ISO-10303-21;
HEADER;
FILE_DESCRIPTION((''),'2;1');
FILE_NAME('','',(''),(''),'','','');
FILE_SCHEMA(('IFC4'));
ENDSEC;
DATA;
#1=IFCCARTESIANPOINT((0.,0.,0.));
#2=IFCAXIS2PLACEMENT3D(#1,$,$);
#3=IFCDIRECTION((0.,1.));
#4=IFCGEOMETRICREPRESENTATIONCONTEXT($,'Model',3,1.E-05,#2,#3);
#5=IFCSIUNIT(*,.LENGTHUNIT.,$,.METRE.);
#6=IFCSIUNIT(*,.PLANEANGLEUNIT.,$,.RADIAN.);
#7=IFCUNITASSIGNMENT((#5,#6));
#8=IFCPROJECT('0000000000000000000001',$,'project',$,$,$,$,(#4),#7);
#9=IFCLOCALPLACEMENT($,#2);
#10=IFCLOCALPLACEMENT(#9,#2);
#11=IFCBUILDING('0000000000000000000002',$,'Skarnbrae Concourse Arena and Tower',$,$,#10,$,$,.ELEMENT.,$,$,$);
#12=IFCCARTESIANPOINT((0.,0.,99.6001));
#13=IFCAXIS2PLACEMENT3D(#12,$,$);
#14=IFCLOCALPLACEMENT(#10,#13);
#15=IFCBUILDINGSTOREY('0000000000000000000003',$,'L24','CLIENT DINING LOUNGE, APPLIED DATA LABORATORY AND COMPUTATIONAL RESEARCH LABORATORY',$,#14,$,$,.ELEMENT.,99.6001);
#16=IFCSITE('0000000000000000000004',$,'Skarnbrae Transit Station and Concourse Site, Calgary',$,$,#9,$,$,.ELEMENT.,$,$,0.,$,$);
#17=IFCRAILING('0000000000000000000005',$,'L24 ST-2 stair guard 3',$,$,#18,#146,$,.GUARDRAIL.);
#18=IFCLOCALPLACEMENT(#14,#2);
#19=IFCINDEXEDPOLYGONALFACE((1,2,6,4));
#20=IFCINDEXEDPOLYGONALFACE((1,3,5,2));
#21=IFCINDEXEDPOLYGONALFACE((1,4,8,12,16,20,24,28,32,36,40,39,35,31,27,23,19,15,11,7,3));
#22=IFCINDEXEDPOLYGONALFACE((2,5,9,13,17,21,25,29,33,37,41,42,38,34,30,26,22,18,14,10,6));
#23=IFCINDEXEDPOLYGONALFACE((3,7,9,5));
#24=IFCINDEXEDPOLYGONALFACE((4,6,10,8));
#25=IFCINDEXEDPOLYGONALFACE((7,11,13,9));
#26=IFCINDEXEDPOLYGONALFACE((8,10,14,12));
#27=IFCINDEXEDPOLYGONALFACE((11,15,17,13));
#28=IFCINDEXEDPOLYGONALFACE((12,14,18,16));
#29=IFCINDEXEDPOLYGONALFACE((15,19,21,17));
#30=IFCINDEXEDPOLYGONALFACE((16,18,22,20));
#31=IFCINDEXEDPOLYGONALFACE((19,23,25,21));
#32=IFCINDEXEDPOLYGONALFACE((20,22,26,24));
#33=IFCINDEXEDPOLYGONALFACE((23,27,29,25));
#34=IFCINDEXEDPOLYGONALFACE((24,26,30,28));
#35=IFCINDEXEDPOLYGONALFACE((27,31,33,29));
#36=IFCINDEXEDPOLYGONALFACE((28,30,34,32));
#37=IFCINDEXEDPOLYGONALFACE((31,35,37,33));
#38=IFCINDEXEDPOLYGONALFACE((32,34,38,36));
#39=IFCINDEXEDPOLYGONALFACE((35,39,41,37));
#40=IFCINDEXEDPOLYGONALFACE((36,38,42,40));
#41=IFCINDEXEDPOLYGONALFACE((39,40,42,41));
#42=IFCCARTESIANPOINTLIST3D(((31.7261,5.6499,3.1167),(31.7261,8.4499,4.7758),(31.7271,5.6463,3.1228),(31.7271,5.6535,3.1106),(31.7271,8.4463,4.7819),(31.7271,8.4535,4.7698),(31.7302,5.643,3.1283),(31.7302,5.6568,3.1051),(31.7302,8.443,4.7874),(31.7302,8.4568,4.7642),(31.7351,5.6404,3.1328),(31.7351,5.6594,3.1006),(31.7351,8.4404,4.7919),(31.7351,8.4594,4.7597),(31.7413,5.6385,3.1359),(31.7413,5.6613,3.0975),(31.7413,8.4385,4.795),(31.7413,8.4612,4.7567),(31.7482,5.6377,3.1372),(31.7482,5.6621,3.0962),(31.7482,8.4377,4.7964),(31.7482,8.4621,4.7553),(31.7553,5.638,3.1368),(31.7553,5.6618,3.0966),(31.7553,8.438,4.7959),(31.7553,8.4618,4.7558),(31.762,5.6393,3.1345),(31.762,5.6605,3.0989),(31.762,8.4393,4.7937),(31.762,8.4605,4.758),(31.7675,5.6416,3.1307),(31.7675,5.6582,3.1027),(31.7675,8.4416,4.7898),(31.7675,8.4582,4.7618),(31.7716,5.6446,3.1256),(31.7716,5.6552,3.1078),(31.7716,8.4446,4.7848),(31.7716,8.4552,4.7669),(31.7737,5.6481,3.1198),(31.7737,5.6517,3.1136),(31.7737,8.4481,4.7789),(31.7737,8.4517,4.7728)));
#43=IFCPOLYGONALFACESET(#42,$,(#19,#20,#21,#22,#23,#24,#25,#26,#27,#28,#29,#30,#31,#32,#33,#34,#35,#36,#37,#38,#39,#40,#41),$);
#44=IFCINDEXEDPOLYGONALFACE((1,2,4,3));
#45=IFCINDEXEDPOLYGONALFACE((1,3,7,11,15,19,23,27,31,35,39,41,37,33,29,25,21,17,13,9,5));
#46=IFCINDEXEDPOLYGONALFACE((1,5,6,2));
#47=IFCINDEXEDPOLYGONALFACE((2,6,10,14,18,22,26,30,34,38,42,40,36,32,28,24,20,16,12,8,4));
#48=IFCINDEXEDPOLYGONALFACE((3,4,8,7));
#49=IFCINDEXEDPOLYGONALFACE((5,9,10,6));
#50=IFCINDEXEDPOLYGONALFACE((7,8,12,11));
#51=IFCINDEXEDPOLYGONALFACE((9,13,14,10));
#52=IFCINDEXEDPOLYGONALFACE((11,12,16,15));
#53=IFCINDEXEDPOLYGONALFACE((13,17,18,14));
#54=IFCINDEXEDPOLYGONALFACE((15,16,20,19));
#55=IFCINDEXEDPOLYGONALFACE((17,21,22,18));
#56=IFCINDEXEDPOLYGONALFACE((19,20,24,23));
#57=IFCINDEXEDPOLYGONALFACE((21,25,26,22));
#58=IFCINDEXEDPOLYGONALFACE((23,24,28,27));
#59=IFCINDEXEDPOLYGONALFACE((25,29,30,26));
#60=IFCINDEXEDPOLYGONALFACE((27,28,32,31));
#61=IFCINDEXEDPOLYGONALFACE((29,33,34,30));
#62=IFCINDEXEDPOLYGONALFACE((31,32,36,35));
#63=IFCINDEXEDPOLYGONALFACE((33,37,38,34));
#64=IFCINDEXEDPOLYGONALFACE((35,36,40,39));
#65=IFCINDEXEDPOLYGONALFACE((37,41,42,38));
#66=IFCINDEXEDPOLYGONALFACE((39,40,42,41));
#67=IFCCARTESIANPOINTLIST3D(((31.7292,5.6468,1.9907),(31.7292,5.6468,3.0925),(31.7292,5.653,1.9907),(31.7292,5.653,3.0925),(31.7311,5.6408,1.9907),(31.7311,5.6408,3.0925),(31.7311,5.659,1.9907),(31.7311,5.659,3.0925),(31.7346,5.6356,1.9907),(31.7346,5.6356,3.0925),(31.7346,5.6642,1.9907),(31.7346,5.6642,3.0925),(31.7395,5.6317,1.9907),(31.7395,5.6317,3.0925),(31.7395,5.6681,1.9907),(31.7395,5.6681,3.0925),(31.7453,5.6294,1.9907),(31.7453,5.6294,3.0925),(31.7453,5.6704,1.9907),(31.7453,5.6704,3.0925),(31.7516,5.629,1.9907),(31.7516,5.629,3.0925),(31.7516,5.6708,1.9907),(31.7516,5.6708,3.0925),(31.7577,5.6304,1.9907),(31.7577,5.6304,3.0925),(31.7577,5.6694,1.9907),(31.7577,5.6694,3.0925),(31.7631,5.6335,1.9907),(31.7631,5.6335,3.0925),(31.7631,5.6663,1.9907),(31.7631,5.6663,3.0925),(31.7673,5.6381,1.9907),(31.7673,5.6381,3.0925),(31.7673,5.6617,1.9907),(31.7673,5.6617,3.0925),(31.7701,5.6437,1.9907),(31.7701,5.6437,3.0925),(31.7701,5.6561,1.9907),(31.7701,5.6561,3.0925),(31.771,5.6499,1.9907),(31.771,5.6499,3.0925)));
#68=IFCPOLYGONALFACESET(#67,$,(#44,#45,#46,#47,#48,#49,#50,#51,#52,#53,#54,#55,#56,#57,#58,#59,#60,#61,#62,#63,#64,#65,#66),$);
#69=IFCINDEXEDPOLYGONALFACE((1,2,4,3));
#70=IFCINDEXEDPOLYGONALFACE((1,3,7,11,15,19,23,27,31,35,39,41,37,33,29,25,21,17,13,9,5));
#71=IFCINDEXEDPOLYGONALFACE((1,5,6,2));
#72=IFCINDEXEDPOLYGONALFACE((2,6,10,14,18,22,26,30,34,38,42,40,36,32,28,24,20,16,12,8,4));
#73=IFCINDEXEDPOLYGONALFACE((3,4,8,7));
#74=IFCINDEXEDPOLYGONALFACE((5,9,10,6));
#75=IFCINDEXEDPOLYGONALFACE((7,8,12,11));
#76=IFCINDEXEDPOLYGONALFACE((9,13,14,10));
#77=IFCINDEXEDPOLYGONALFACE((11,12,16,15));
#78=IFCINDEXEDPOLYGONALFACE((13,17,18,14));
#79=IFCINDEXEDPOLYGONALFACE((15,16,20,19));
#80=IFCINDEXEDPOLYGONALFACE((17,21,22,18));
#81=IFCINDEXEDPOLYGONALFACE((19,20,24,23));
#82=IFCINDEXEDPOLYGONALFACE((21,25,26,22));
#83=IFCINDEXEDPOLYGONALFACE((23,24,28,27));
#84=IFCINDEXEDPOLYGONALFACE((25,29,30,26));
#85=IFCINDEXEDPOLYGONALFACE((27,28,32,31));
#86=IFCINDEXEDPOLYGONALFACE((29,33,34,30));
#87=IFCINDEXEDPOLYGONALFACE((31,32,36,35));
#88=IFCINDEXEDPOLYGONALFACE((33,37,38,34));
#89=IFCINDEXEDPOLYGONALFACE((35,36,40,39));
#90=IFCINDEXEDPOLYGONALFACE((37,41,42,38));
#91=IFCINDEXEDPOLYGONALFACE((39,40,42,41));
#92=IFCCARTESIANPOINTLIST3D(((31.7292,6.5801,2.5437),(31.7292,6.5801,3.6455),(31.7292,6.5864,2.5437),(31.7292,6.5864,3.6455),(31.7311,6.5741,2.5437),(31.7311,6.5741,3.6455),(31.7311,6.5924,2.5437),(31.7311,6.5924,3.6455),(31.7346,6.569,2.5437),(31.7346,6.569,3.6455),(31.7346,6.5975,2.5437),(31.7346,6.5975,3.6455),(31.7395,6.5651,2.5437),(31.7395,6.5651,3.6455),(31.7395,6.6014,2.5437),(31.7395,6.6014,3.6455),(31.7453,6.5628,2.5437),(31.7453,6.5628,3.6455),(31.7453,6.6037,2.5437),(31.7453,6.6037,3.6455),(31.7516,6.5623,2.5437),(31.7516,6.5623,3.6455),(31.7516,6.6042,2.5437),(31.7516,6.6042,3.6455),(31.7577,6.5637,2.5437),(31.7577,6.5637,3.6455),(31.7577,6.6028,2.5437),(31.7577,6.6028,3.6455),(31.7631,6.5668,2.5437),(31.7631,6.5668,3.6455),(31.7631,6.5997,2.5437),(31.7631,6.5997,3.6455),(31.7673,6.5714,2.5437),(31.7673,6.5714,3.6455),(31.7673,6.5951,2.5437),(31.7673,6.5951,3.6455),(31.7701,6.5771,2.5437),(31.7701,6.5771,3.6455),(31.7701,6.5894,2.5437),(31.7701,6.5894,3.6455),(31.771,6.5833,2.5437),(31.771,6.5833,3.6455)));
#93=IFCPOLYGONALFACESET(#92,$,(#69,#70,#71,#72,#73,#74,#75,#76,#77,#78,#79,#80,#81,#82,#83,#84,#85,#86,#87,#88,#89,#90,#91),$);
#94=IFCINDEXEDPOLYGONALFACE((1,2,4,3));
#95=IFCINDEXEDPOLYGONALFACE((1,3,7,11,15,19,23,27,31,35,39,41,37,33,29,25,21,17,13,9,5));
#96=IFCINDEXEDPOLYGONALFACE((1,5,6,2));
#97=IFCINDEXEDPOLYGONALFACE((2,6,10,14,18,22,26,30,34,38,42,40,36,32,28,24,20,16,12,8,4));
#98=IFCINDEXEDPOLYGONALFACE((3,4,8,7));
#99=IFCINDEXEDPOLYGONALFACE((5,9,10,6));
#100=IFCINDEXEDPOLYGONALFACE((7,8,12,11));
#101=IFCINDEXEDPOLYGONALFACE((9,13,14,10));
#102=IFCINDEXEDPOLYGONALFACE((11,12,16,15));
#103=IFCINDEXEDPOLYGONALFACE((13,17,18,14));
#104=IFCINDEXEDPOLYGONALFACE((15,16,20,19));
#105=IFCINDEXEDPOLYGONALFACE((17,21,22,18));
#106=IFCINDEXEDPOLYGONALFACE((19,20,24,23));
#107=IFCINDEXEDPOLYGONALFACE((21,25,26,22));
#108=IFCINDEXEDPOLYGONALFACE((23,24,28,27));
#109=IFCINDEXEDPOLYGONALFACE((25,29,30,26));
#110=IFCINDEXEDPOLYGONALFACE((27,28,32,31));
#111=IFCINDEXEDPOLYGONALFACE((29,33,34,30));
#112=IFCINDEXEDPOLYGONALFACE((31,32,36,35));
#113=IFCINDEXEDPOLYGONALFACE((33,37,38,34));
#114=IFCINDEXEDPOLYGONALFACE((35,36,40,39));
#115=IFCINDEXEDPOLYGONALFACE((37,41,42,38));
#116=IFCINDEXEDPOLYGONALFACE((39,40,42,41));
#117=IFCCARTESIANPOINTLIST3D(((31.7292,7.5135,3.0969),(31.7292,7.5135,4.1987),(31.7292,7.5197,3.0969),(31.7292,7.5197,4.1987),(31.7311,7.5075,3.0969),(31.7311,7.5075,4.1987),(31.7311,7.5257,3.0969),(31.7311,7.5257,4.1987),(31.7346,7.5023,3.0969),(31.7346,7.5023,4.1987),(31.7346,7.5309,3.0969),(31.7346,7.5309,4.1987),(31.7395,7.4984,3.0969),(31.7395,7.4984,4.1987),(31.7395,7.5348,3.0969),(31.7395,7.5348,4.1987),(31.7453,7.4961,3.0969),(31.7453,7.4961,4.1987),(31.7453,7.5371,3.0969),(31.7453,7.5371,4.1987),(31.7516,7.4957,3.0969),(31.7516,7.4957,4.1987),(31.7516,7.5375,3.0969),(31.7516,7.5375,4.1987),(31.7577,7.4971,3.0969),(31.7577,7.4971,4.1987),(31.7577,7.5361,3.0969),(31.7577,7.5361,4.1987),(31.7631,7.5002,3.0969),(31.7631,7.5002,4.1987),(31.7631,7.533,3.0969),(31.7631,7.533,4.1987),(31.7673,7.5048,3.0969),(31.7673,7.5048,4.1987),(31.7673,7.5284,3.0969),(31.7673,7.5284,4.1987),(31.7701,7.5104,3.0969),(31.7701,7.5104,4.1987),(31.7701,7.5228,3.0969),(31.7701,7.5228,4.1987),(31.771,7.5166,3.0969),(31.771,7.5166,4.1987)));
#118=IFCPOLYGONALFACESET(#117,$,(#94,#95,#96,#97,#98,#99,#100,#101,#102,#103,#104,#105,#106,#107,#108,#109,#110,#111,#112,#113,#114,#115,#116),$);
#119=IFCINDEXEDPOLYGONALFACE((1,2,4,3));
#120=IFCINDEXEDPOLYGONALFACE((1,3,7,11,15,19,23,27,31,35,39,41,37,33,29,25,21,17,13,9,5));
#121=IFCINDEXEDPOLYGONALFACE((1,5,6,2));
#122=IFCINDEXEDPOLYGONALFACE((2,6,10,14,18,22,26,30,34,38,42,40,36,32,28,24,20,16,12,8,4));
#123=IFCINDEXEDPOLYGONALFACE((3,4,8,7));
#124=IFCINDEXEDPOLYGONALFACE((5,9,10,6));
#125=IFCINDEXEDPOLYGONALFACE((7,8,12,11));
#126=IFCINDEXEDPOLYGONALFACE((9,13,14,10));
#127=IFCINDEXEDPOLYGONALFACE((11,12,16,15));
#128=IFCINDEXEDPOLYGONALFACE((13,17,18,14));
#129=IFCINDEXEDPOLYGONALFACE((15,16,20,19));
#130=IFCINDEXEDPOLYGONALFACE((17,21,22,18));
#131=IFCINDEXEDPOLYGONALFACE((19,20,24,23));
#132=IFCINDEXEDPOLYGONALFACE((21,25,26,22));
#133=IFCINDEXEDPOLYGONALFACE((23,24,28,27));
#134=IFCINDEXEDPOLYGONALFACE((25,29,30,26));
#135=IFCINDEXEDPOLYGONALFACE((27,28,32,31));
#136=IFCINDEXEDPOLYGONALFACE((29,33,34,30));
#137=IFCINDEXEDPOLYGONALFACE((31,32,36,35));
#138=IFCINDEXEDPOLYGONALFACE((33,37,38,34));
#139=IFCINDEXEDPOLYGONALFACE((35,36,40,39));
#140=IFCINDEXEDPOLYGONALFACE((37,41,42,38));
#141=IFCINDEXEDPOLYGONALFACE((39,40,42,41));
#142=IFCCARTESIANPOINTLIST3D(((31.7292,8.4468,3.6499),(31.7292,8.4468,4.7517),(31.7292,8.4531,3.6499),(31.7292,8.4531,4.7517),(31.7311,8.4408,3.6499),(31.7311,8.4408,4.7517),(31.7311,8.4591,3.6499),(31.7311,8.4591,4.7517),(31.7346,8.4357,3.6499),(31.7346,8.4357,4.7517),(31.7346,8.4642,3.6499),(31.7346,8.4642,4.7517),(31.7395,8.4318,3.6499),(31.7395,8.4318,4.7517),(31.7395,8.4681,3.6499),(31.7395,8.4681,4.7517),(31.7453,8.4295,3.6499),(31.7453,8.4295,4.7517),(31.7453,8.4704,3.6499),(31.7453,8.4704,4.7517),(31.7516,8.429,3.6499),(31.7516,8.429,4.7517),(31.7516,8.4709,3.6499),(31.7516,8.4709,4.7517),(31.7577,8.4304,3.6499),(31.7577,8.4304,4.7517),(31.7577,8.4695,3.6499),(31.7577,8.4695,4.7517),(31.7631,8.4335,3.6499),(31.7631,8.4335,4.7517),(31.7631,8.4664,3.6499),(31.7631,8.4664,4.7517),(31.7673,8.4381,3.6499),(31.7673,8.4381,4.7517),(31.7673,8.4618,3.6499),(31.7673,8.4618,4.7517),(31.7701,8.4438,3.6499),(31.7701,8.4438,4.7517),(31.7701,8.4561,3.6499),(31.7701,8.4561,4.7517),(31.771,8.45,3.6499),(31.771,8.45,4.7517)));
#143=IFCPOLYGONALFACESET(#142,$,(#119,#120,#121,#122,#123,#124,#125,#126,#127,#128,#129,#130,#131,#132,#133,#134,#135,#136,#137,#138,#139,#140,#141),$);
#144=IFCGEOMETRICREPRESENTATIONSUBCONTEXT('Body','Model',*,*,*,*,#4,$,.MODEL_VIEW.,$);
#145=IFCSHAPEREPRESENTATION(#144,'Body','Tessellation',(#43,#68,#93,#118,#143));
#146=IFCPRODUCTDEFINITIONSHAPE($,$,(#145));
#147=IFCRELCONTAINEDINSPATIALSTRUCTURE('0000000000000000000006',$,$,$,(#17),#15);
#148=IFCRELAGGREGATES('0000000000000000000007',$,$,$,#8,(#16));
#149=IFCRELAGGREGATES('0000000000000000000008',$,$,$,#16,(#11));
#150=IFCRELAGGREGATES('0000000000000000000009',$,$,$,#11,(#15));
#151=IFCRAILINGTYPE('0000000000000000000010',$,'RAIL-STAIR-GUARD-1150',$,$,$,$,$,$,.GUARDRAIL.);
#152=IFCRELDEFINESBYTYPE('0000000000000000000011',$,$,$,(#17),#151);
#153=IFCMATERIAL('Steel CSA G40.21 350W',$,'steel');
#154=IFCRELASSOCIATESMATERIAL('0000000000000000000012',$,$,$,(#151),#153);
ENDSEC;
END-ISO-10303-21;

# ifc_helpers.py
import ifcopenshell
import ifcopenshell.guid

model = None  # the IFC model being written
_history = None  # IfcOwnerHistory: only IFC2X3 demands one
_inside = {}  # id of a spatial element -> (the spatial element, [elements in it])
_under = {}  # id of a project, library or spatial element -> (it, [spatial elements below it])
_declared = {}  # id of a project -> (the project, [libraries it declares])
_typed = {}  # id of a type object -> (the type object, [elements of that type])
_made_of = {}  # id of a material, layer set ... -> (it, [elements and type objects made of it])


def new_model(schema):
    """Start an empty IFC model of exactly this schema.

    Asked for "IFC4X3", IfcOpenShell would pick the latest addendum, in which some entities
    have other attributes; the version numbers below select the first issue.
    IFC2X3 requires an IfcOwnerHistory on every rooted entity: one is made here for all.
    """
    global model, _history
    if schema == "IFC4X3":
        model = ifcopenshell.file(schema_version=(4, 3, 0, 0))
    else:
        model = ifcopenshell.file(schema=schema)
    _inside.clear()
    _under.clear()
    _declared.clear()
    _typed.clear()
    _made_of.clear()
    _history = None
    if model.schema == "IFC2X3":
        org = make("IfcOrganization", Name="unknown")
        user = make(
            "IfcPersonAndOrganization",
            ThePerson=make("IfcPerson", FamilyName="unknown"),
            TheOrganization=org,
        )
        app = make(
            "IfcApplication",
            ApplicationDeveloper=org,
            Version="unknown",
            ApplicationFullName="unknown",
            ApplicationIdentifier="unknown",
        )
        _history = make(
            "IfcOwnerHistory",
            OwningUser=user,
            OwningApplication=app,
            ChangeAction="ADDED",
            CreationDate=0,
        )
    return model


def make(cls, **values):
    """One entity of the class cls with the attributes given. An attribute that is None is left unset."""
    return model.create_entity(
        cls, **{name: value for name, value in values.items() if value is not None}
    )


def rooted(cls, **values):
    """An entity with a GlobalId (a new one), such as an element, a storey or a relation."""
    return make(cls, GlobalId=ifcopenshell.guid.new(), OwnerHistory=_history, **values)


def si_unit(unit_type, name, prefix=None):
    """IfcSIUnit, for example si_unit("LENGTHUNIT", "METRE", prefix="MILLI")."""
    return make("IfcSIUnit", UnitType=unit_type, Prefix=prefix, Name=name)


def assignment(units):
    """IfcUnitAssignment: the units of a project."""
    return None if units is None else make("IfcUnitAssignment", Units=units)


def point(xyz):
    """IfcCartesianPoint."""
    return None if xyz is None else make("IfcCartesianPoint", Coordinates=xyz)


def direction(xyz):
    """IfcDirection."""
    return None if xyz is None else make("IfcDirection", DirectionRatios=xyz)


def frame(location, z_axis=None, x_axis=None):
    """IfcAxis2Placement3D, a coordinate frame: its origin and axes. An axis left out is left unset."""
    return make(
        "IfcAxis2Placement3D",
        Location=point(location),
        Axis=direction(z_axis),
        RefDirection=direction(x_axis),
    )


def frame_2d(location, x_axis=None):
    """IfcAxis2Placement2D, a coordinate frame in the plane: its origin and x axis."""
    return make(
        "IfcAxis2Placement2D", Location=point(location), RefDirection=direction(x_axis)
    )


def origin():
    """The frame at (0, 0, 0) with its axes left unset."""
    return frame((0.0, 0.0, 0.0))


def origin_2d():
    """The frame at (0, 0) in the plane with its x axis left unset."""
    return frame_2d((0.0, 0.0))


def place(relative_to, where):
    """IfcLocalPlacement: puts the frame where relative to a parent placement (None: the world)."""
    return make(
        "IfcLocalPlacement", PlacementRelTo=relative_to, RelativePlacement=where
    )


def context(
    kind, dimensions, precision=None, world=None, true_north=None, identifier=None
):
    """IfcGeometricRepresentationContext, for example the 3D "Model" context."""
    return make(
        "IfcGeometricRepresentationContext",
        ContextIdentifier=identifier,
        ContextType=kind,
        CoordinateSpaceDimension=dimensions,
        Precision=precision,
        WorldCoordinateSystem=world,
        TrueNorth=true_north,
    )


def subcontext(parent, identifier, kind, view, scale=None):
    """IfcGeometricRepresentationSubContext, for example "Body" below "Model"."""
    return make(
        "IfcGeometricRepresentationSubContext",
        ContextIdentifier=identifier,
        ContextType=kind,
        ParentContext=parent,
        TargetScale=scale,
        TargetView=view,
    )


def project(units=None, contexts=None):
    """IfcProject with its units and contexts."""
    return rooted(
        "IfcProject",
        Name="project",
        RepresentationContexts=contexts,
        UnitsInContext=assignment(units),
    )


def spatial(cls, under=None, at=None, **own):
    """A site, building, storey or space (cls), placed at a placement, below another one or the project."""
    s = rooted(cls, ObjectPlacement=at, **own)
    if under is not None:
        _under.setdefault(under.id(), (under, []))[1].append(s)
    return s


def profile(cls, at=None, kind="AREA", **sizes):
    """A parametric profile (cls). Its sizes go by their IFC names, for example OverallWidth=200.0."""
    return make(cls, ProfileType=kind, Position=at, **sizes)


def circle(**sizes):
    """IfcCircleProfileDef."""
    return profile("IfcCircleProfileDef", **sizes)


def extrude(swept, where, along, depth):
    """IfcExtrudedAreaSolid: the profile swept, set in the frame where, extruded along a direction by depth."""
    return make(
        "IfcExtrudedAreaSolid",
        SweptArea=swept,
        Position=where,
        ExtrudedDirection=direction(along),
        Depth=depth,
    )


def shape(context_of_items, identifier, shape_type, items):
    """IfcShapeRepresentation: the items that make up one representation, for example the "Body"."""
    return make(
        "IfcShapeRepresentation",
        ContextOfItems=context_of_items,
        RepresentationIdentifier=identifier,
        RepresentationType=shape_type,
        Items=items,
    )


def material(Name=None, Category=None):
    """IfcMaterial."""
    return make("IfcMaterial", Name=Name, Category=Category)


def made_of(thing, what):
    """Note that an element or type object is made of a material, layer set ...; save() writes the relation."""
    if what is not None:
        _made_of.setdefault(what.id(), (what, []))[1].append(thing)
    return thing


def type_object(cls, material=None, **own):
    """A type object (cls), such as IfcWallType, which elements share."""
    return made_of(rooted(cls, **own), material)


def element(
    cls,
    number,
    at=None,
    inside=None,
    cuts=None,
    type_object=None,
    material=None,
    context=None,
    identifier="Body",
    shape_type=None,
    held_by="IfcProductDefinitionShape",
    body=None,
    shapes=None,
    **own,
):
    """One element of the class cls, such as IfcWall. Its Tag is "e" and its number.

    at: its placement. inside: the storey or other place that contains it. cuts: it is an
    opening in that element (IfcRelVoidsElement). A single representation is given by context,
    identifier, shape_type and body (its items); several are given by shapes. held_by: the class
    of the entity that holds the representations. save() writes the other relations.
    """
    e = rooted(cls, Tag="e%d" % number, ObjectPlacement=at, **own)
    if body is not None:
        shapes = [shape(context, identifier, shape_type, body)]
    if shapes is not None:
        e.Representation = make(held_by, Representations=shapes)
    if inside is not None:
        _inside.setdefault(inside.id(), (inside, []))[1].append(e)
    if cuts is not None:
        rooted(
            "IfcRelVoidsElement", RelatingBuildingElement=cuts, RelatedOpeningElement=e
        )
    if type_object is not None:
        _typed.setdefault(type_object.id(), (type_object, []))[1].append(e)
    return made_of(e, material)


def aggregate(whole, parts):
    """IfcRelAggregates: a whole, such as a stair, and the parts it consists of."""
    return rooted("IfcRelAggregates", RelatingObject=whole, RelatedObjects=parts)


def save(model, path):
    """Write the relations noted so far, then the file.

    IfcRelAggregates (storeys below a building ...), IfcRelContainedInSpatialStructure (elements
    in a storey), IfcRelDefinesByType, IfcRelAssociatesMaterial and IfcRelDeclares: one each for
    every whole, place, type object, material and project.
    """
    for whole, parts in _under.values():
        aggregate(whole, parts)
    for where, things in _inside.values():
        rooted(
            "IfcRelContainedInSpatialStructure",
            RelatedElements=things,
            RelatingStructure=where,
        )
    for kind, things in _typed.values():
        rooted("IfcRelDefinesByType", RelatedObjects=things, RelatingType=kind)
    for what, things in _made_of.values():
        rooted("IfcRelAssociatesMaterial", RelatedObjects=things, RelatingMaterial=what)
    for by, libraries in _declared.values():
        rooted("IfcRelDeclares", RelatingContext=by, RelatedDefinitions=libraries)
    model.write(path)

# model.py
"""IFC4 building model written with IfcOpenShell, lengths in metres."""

from ifc_helpers import new_model, si_unit, direction, frame, origin, origin_2d, place, context, subcontext, project, spatial, circle, extrude, material, type_object, element, save


model = new_model("IFC4")

# Units and contexts
model_context = context("Model", 3, precision=1e-05, world=origin(), true_north=direction((0.0, 1.0)))
body_context = subcontext(model_context, "Body", "Model", "MODEL_VIEW")
ifc_project = project(units=[si_unit("LENGTHUNIT", "METRE"), si_unit("PLANEANGLEUNIT", "RADIAN")], contexts=[model_context])

# Site, building, storey
site_placement = place(None, origin())
site = spatial("IfcSite", under=ifc_project, at=site_placement, Name="Skarnbrae Transit Station and Concourse Site, Calgary", CompositionType="ELEMENT", RefElevation=0.0)
building_placement = place(site_placement, origin())
building = spatial("IfcBuilding", under=site, at=building_placement, Name="Skarnbrae Concourse Arena and Tower", CompositionType="ELEMENT")
storey_placement = place(building_placement, frame((0.0, 0.0, 99.6001)))
storey = spatial("IfcBuildingStorey", under=building, at=storey_placement, Name="L24", Description="CLIENT DINING LOUNGE, APPLIED DATA LABORATORY AND COMPUTATIONAL RESEARCH LABORATORY", CompositionType="ELEMENT", Elevation=99.6001)

# Shared definitions
ifc_material_1 = material(Name="Steel CSA G40.21 350W", Category="steel")

# Railing
railing_type_1 = type_object("IfcRailingType", Name="RAIL-STAIR-GUARD-1150", PredefinedType="GUARDRAIL", material=ifc_material_1)
railing_1_placement = place(storey_placement, frame((31.75, 5.6499, 1.9907)))
element("IfcRailing", 1, at=railing_1_placement, inside=storey, type_object=railing_type_1, Name="L24 ST-2 stair guard 3", PredefinedType="GUARDRAIL", context=body_context, shape_type="SweptSolid", body=[
    extrude(circle(Radius=0.0239, at=origin_2d()), frame((0.0, 0.0, 1.126), z_axis=(0.0, 0.860306, 0.509778), x_axis=(-1.0, 0.0, 0.0)), (0.0, 0.0, 1.0), 3.2546),
    extrude(circle(Radius=0.021, at=origin_2d()), origin(), (0.0, 0.0, 1.0), 1.1018),
    extrude(circle(Radius=0.021, at=origin_2d()), frame((0.0, 0.9333, 0.553)), (0.0, 0.0, 1.0), 1.1018),
    extrude(circle(Radius=0.021, at=origin_2d()), frame((0.0, 1.8667, 1.1062)), (0.0, 0.0, 1.0), 1.1018),
    extrude(circle(Radius=0.021, at=origin_2d()), frame((0.0, 2.8, 1.6592)), (0.0, 0.0, 1.0), 1.1018),
])

save(model, "model.ifc")
